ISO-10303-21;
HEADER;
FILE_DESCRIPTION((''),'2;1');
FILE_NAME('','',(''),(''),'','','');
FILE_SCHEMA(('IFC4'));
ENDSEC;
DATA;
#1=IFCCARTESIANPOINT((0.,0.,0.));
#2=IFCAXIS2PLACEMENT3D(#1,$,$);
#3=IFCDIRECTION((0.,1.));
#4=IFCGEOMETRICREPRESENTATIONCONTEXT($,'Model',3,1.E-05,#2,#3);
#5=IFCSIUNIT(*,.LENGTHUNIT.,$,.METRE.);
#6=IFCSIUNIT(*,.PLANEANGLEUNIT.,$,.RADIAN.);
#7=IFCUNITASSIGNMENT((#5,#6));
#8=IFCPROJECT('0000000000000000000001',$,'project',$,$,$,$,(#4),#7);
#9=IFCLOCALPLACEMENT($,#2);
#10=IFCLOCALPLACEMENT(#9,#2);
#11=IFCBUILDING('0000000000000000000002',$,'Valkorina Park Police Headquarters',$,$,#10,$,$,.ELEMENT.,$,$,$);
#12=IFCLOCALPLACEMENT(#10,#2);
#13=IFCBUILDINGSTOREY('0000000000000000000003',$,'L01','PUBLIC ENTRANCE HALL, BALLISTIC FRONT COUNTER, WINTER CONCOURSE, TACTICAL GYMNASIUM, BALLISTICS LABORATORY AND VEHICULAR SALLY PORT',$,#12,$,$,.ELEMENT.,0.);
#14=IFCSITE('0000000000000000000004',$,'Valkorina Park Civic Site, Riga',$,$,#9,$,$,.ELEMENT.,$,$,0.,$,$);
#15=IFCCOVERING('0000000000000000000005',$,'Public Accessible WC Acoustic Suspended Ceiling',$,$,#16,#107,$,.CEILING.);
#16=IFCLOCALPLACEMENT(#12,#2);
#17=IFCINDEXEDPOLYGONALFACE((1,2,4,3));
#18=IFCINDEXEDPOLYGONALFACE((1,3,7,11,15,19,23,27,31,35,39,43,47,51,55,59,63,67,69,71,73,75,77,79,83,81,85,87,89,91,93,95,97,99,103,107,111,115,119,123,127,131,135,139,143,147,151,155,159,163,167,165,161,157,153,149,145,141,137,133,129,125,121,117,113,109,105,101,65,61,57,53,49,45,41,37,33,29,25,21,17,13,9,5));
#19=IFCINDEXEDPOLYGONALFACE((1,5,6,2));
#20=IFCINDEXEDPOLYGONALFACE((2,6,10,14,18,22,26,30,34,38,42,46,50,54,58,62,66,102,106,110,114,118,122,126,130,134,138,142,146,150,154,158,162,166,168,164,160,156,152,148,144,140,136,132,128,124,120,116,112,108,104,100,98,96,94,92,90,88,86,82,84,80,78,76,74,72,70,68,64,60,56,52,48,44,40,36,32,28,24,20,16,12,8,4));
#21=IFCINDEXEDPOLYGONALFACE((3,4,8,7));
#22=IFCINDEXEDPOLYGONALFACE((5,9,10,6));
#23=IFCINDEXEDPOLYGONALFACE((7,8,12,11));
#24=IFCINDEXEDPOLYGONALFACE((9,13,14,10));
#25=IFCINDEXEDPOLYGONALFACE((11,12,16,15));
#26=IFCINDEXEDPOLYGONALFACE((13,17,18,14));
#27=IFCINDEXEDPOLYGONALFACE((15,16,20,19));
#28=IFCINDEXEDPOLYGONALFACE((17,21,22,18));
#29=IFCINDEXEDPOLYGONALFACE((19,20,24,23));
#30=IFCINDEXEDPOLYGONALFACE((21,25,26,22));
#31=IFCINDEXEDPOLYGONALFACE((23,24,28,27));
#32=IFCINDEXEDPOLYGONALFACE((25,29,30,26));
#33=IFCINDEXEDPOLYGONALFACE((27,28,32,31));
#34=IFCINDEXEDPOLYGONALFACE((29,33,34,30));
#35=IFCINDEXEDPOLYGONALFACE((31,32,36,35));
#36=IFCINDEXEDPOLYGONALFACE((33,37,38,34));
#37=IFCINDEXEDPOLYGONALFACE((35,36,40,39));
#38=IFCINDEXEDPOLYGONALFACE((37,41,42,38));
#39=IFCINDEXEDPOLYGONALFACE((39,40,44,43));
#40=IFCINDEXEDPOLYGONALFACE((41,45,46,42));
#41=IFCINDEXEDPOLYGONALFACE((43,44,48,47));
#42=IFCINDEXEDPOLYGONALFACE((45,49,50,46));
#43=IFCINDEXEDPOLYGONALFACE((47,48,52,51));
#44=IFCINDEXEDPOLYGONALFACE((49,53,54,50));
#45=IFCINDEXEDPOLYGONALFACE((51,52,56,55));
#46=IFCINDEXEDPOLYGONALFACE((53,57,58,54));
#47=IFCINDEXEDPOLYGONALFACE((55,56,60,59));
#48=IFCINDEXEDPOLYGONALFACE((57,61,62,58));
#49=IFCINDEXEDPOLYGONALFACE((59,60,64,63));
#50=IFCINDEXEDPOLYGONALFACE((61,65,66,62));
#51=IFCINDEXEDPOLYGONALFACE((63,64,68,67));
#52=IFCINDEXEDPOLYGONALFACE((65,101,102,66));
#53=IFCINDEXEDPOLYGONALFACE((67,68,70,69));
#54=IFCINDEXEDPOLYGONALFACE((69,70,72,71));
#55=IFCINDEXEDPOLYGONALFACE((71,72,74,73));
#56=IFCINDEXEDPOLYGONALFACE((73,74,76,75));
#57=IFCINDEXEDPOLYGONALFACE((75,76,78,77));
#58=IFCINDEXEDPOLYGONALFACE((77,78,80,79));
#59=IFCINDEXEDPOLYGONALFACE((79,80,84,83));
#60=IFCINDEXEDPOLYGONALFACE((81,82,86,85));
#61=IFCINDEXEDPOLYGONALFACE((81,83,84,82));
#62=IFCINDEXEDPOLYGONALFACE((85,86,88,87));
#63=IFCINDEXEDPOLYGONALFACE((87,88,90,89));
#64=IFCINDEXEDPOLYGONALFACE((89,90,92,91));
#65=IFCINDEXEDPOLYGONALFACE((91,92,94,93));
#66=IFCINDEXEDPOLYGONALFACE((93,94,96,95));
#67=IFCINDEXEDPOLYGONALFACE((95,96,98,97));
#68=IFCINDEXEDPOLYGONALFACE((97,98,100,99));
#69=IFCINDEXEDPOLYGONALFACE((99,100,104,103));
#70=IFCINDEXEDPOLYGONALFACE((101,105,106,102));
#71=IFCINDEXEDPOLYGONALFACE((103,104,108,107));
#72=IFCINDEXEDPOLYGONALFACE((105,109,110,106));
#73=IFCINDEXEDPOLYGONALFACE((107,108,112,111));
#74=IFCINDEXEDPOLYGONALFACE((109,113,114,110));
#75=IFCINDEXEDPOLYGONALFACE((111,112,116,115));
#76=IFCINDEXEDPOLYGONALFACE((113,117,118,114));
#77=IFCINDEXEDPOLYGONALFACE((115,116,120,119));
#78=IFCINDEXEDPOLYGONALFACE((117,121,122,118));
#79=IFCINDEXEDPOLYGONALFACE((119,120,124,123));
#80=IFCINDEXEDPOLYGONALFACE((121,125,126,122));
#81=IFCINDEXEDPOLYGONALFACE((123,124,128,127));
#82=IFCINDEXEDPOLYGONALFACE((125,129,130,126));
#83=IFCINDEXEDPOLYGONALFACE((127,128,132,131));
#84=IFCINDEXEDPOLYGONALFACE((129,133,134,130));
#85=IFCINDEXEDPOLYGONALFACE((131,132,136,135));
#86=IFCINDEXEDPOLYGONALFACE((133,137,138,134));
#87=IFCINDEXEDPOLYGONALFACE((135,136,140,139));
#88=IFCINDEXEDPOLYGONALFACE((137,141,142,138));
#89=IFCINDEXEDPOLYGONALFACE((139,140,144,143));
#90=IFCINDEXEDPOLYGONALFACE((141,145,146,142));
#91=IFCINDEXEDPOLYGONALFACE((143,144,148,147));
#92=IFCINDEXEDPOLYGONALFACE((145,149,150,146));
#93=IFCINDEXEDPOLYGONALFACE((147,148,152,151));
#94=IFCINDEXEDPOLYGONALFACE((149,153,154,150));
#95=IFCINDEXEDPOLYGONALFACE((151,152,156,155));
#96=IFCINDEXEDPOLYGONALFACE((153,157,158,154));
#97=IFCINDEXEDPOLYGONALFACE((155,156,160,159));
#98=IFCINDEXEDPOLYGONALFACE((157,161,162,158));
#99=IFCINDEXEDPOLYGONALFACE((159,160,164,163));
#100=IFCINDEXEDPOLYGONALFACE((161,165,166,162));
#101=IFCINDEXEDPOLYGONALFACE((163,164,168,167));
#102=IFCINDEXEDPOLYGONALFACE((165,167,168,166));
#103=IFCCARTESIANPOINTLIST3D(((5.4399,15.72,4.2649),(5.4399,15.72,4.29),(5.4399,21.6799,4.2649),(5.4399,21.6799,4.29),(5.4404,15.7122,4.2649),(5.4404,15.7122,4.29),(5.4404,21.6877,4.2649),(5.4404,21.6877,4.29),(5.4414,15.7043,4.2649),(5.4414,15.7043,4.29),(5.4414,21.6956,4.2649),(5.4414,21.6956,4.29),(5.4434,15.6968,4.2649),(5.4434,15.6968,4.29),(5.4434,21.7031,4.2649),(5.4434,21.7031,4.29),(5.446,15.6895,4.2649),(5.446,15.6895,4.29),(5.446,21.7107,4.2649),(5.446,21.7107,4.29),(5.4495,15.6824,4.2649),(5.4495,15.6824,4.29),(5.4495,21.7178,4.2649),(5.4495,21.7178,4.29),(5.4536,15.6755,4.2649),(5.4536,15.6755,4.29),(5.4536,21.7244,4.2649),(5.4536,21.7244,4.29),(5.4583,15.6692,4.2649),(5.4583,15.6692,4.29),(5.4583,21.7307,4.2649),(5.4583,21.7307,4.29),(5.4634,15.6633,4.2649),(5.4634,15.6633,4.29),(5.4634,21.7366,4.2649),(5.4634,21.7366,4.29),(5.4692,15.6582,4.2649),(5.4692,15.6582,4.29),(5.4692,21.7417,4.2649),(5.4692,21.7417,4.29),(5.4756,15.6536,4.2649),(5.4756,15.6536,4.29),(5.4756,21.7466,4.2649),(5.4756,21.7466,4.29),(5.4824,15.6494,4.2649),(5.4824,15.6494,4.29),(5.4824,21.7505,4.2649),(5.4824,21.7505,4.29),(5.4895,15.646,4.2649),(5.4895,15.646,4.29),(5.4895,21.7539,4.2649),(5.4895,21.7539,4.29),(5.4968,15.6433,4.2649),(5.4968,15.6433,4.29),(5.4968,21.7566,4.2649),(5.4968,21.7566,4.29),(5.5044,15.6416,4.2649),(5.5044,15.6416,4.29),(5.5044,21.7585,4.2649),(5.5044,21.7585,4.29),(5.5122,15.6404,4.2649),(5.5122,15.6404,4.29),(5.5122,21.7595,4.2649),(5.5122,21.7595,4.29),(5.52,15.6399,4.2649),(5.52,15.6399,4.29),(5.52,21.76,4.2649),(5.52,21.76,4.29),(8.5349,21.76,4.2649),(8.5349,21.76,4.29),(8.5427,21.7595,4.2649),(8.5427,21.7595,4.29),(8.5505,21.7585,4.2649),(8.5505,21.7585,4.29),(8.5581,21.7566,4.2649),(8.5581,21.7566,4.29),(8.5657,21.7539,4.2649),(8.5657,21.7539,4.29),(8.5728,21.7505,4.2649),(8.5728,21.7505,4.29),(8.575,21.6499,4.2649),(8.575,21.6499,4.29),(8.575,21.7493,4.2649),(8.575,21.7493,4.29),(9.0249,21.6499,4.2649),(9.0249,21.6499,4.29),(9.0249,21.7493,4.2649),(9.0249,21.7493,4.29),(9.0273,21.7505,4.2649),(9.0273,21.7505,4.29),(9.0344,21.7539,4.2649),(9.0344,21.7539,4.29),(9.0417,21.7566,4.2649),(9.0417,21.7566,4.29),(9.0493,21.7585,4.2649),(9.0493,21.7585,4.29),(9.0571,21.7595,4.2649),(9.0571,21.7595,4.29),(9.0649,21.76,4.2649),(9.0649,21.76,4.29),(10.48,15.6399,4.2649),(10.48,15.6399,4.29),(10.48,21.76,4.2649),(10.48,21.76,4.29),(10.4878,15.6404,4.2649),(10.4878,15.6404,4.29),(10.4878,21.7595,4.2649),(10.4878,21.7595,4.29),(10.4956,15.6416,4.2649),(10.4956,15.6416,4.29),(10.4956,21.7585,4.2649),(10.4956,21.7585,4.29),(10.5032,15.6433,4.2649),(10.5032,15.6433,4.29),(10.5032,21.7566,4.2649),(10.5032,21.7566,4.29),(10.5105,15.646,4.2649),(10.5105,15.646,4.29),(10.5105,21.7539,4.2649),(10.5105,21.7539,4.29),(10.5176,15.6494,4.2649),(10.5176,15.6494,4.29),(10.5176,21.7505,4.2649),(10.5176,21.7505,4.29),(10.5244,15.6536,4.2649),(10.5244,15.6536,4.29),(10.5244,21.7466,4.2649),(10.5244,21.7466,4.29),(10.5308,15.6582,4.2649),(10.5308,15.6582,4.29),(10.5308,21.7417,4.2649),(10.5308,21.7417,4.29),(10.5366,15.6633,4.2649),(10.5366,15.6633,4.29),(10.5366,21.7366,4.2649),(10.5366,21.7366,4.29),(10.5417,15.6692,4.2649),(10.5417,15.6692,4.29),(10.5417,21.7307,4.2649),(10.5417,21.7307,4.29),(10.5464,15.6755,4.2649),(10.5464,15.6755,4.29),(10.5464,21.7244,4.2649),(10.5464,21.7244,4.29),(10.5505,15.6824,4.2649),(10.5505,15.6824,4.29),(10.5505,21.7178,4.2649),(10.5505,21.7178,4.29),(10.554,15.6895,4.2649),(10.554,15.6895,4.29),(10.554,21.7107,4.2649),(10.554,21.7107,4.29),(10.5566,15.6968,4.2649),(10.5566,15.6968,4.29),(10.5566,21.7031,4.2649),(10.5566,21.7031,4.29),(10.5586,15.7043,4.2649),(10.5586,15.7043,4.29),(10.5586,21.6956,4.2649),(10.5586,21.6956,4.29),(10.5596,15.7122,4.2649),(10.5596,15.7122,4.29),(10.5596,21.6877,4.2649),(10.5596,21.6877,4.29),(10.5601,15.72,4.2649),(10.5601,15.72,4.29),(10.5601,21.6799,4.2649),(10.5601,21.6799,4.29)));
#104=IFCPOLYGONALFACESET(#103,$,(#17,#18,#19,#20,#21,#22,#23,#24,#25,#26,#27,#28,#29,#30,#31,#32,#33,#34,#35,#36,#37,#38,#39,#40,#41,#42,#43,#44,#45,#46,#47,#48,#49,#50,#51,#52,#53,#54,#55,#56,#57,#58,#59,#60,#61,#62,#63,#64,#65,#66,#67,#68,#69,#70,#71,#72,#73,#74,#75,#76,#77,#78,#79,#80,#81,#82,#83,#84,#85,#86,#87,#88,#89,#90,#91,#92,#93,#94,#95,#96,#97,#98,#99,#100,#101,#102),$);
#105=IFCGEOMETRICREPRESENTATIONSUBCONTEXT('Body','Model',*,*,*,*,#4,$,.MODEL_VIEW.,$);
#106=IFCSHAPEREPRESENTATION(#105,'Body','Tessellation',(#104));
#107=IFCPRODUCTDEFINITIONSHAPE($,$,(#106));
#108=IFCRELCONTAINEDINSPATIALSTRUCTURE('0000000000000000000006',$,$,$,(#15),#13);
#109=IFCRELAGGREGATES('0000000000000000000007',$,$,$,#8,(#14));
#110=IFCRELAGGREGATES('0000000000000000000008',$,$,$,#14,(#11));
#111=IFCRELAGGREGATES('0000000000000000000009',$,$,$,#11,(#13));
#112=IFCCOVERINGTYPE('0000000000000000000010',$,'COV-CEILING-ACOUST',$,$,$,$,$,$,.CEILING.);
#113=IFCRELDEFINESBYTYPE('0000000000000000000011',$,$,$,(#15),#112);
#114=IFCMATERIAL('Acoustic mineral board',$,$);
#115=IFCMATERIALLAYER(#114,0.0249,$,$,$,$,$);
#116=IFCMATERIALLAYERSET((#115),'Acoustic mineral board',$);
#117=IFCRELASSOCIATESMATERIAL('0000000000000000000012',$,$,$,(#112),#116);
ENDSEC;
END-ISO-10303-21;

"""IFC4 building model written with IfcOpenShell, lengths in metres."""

from ifc_helpers import new_model, si_unit, direction, frame, origin, place, context, subcontext, project, spatial, polyline, outline, extrude, material, layer, layer_set, type_object, element, save


model = new_model("IFC4")

# Units and contexts
model_context = context("Model", 3, precision=1e-05, world=origin(), true_north=direction((0.0, 1.0)))
body_context = subcontext(model_context, "Body", "Model", "MODEL_VIEW")
ifc_project = project(units=[si_unit("LENGTHUNIT", "METRE"), si_unit("PLANEANGLEUNIT", "RADIAN")], contexts=[model_context])

# Site, building, storey
site_placement = place(None, origin())
site = spatial("IfcSite", under=ifc_project, at=site_placement, Name="Valkorina Park Civic Site, Riga", CompositionType="ELEMENT", RefElevation=0.0)
building_placement = place(site_placement, origin())
building = spatial("IfcBuilding", under=site, at=building_placement, Name="Valkorina Park Police Headquarters", CompositionType="ELEMENT")
storey_placement = place(building_placement, origin())
storey = spatial("IfcBuildingStorey", under=building, at=storey_placement, Name="L01", Description="PUBLIC ENTRANCE HALL, BALLISTIC FRONT COUNTER, WINTER CONCOURSE, TACTICAL GYMNASIUM, BALLISTICS LABORATORY AND VEHICULAR SALLY PORT", CompositionType="ELEMENT", Elevation=0.0)

# Covering
ifc_material_1 = material(Name="Acoustic mineral board")
ifc_layer_1 = layer(ifc_material_1, 0.0249)
ifc_layer_set_1 = layer_set([ifc_layer_1], Name="Acoustic mineral board")
covering_type_1 = type_object("IfcCoveringType", Name="COV-CEILING-ACOUST", PredefinedType="CEILING", material=ifc_layer_set_1)
covering_1_placement = place(storey_placement, frame((0.0, 0.0, 4.2649)))
element("IfcCovering", 1, at=covering_1_placement, inside=storey, type_object=covering_type_1, Name="Public Accessible WC Acoustic Suspended Ceiling", PredefinedType="CEILING", context=body_context, shape_type="SweptSolid", body=[
    extrude(outline(polyline([(9.0249, 21.7493), (9.0249, 21.6499), (8.575, 21.6499), (8.575, 21.7493), (8.5728, 21.7505), (8.5657, 21.7539), (8.5581, 21.7566), (8.5505, 21.7585), (8.5427, 21.7595), (8.5349, 21.76), (5.52, 21.76), (5.5122, 21.7595), (5.5044, 21.7585), (5.4968, 21.7566), (5.4895, 21.7539), (5.4824, 21.7505), (5.4756, 21.7466), (5.4692, 21.7417), (5.4634, 21.7366), (5.4583, 21.7307), (5.4536, 21.7244), (5.4495, 21.7178), (5.446, 21.7107), (5.4434, 21.7031), (5.4414, 21.6956), (5.4404, 21.6877), (5.4399, 21.6799), (5.4399, 15.72), (5.4404, 15.7122), (5.4414, 15.7043), (5.4434, 15.6968), (5.446, 15.6895), (5.4495, 15.6824), (5.4536, 15.6755), (5.4583, 15.6692), (5.4634, 15.6633), (5.4692, 15.6582), (5.4756, 15.6536), (5.4824, 15.6494), (5.4895, 15.646), (5.4968, 15.6433), (5.5044, 15.6416), (5.5122, 15.6404), (5.52, 15.6399), (10.48, 15.6399), (10.4878, 15.6404), (10.4956, 15.6416), (10.5032, 15.6433), (10.5105, 15.646), (10.5176, 15.6494), (10.5244, 15.6536), (10.5308, 15.6582), (10.5366, 15.6633), (10.5417, 15.6692), (10.5464, 15.6755), (10.5505, 15.6824), (10.554, 15.6895), (10.5566, 15.6968), (10.5586, 15.7043), (10.5596, 15.7122), (10.5601, 15.72), (10.5601, 21.6799), (10.5596, 21.6877), (10.5586, 21.6956), (10.5566, 21.7031), (10.554, 21.7107), (10.5505, 21.7178), (10.5464, 21.7244), (10.5417, 21.7307), (10.5366, 21.7366), (10.5308, 21.7417), (10.5244, 21.7466), (10.5176, 21.7505), (10.5105, 21.7539), (10.5032, 21.7566), (10.4956, 21.7585), (10.4878, 21.7595), (10.48, 21.76), (9.0649, 21.76), (9.0571, 21.7595), (9.0493, 21.7585), (9.0417, 21.7566), (9.0344, 21.7539), (9.0273, 21.7505), (9.0249, 21.7493)])), origin(), (0.0, 0.0, 1.0), 0.0251),
])

save(model, "model.ifc")
